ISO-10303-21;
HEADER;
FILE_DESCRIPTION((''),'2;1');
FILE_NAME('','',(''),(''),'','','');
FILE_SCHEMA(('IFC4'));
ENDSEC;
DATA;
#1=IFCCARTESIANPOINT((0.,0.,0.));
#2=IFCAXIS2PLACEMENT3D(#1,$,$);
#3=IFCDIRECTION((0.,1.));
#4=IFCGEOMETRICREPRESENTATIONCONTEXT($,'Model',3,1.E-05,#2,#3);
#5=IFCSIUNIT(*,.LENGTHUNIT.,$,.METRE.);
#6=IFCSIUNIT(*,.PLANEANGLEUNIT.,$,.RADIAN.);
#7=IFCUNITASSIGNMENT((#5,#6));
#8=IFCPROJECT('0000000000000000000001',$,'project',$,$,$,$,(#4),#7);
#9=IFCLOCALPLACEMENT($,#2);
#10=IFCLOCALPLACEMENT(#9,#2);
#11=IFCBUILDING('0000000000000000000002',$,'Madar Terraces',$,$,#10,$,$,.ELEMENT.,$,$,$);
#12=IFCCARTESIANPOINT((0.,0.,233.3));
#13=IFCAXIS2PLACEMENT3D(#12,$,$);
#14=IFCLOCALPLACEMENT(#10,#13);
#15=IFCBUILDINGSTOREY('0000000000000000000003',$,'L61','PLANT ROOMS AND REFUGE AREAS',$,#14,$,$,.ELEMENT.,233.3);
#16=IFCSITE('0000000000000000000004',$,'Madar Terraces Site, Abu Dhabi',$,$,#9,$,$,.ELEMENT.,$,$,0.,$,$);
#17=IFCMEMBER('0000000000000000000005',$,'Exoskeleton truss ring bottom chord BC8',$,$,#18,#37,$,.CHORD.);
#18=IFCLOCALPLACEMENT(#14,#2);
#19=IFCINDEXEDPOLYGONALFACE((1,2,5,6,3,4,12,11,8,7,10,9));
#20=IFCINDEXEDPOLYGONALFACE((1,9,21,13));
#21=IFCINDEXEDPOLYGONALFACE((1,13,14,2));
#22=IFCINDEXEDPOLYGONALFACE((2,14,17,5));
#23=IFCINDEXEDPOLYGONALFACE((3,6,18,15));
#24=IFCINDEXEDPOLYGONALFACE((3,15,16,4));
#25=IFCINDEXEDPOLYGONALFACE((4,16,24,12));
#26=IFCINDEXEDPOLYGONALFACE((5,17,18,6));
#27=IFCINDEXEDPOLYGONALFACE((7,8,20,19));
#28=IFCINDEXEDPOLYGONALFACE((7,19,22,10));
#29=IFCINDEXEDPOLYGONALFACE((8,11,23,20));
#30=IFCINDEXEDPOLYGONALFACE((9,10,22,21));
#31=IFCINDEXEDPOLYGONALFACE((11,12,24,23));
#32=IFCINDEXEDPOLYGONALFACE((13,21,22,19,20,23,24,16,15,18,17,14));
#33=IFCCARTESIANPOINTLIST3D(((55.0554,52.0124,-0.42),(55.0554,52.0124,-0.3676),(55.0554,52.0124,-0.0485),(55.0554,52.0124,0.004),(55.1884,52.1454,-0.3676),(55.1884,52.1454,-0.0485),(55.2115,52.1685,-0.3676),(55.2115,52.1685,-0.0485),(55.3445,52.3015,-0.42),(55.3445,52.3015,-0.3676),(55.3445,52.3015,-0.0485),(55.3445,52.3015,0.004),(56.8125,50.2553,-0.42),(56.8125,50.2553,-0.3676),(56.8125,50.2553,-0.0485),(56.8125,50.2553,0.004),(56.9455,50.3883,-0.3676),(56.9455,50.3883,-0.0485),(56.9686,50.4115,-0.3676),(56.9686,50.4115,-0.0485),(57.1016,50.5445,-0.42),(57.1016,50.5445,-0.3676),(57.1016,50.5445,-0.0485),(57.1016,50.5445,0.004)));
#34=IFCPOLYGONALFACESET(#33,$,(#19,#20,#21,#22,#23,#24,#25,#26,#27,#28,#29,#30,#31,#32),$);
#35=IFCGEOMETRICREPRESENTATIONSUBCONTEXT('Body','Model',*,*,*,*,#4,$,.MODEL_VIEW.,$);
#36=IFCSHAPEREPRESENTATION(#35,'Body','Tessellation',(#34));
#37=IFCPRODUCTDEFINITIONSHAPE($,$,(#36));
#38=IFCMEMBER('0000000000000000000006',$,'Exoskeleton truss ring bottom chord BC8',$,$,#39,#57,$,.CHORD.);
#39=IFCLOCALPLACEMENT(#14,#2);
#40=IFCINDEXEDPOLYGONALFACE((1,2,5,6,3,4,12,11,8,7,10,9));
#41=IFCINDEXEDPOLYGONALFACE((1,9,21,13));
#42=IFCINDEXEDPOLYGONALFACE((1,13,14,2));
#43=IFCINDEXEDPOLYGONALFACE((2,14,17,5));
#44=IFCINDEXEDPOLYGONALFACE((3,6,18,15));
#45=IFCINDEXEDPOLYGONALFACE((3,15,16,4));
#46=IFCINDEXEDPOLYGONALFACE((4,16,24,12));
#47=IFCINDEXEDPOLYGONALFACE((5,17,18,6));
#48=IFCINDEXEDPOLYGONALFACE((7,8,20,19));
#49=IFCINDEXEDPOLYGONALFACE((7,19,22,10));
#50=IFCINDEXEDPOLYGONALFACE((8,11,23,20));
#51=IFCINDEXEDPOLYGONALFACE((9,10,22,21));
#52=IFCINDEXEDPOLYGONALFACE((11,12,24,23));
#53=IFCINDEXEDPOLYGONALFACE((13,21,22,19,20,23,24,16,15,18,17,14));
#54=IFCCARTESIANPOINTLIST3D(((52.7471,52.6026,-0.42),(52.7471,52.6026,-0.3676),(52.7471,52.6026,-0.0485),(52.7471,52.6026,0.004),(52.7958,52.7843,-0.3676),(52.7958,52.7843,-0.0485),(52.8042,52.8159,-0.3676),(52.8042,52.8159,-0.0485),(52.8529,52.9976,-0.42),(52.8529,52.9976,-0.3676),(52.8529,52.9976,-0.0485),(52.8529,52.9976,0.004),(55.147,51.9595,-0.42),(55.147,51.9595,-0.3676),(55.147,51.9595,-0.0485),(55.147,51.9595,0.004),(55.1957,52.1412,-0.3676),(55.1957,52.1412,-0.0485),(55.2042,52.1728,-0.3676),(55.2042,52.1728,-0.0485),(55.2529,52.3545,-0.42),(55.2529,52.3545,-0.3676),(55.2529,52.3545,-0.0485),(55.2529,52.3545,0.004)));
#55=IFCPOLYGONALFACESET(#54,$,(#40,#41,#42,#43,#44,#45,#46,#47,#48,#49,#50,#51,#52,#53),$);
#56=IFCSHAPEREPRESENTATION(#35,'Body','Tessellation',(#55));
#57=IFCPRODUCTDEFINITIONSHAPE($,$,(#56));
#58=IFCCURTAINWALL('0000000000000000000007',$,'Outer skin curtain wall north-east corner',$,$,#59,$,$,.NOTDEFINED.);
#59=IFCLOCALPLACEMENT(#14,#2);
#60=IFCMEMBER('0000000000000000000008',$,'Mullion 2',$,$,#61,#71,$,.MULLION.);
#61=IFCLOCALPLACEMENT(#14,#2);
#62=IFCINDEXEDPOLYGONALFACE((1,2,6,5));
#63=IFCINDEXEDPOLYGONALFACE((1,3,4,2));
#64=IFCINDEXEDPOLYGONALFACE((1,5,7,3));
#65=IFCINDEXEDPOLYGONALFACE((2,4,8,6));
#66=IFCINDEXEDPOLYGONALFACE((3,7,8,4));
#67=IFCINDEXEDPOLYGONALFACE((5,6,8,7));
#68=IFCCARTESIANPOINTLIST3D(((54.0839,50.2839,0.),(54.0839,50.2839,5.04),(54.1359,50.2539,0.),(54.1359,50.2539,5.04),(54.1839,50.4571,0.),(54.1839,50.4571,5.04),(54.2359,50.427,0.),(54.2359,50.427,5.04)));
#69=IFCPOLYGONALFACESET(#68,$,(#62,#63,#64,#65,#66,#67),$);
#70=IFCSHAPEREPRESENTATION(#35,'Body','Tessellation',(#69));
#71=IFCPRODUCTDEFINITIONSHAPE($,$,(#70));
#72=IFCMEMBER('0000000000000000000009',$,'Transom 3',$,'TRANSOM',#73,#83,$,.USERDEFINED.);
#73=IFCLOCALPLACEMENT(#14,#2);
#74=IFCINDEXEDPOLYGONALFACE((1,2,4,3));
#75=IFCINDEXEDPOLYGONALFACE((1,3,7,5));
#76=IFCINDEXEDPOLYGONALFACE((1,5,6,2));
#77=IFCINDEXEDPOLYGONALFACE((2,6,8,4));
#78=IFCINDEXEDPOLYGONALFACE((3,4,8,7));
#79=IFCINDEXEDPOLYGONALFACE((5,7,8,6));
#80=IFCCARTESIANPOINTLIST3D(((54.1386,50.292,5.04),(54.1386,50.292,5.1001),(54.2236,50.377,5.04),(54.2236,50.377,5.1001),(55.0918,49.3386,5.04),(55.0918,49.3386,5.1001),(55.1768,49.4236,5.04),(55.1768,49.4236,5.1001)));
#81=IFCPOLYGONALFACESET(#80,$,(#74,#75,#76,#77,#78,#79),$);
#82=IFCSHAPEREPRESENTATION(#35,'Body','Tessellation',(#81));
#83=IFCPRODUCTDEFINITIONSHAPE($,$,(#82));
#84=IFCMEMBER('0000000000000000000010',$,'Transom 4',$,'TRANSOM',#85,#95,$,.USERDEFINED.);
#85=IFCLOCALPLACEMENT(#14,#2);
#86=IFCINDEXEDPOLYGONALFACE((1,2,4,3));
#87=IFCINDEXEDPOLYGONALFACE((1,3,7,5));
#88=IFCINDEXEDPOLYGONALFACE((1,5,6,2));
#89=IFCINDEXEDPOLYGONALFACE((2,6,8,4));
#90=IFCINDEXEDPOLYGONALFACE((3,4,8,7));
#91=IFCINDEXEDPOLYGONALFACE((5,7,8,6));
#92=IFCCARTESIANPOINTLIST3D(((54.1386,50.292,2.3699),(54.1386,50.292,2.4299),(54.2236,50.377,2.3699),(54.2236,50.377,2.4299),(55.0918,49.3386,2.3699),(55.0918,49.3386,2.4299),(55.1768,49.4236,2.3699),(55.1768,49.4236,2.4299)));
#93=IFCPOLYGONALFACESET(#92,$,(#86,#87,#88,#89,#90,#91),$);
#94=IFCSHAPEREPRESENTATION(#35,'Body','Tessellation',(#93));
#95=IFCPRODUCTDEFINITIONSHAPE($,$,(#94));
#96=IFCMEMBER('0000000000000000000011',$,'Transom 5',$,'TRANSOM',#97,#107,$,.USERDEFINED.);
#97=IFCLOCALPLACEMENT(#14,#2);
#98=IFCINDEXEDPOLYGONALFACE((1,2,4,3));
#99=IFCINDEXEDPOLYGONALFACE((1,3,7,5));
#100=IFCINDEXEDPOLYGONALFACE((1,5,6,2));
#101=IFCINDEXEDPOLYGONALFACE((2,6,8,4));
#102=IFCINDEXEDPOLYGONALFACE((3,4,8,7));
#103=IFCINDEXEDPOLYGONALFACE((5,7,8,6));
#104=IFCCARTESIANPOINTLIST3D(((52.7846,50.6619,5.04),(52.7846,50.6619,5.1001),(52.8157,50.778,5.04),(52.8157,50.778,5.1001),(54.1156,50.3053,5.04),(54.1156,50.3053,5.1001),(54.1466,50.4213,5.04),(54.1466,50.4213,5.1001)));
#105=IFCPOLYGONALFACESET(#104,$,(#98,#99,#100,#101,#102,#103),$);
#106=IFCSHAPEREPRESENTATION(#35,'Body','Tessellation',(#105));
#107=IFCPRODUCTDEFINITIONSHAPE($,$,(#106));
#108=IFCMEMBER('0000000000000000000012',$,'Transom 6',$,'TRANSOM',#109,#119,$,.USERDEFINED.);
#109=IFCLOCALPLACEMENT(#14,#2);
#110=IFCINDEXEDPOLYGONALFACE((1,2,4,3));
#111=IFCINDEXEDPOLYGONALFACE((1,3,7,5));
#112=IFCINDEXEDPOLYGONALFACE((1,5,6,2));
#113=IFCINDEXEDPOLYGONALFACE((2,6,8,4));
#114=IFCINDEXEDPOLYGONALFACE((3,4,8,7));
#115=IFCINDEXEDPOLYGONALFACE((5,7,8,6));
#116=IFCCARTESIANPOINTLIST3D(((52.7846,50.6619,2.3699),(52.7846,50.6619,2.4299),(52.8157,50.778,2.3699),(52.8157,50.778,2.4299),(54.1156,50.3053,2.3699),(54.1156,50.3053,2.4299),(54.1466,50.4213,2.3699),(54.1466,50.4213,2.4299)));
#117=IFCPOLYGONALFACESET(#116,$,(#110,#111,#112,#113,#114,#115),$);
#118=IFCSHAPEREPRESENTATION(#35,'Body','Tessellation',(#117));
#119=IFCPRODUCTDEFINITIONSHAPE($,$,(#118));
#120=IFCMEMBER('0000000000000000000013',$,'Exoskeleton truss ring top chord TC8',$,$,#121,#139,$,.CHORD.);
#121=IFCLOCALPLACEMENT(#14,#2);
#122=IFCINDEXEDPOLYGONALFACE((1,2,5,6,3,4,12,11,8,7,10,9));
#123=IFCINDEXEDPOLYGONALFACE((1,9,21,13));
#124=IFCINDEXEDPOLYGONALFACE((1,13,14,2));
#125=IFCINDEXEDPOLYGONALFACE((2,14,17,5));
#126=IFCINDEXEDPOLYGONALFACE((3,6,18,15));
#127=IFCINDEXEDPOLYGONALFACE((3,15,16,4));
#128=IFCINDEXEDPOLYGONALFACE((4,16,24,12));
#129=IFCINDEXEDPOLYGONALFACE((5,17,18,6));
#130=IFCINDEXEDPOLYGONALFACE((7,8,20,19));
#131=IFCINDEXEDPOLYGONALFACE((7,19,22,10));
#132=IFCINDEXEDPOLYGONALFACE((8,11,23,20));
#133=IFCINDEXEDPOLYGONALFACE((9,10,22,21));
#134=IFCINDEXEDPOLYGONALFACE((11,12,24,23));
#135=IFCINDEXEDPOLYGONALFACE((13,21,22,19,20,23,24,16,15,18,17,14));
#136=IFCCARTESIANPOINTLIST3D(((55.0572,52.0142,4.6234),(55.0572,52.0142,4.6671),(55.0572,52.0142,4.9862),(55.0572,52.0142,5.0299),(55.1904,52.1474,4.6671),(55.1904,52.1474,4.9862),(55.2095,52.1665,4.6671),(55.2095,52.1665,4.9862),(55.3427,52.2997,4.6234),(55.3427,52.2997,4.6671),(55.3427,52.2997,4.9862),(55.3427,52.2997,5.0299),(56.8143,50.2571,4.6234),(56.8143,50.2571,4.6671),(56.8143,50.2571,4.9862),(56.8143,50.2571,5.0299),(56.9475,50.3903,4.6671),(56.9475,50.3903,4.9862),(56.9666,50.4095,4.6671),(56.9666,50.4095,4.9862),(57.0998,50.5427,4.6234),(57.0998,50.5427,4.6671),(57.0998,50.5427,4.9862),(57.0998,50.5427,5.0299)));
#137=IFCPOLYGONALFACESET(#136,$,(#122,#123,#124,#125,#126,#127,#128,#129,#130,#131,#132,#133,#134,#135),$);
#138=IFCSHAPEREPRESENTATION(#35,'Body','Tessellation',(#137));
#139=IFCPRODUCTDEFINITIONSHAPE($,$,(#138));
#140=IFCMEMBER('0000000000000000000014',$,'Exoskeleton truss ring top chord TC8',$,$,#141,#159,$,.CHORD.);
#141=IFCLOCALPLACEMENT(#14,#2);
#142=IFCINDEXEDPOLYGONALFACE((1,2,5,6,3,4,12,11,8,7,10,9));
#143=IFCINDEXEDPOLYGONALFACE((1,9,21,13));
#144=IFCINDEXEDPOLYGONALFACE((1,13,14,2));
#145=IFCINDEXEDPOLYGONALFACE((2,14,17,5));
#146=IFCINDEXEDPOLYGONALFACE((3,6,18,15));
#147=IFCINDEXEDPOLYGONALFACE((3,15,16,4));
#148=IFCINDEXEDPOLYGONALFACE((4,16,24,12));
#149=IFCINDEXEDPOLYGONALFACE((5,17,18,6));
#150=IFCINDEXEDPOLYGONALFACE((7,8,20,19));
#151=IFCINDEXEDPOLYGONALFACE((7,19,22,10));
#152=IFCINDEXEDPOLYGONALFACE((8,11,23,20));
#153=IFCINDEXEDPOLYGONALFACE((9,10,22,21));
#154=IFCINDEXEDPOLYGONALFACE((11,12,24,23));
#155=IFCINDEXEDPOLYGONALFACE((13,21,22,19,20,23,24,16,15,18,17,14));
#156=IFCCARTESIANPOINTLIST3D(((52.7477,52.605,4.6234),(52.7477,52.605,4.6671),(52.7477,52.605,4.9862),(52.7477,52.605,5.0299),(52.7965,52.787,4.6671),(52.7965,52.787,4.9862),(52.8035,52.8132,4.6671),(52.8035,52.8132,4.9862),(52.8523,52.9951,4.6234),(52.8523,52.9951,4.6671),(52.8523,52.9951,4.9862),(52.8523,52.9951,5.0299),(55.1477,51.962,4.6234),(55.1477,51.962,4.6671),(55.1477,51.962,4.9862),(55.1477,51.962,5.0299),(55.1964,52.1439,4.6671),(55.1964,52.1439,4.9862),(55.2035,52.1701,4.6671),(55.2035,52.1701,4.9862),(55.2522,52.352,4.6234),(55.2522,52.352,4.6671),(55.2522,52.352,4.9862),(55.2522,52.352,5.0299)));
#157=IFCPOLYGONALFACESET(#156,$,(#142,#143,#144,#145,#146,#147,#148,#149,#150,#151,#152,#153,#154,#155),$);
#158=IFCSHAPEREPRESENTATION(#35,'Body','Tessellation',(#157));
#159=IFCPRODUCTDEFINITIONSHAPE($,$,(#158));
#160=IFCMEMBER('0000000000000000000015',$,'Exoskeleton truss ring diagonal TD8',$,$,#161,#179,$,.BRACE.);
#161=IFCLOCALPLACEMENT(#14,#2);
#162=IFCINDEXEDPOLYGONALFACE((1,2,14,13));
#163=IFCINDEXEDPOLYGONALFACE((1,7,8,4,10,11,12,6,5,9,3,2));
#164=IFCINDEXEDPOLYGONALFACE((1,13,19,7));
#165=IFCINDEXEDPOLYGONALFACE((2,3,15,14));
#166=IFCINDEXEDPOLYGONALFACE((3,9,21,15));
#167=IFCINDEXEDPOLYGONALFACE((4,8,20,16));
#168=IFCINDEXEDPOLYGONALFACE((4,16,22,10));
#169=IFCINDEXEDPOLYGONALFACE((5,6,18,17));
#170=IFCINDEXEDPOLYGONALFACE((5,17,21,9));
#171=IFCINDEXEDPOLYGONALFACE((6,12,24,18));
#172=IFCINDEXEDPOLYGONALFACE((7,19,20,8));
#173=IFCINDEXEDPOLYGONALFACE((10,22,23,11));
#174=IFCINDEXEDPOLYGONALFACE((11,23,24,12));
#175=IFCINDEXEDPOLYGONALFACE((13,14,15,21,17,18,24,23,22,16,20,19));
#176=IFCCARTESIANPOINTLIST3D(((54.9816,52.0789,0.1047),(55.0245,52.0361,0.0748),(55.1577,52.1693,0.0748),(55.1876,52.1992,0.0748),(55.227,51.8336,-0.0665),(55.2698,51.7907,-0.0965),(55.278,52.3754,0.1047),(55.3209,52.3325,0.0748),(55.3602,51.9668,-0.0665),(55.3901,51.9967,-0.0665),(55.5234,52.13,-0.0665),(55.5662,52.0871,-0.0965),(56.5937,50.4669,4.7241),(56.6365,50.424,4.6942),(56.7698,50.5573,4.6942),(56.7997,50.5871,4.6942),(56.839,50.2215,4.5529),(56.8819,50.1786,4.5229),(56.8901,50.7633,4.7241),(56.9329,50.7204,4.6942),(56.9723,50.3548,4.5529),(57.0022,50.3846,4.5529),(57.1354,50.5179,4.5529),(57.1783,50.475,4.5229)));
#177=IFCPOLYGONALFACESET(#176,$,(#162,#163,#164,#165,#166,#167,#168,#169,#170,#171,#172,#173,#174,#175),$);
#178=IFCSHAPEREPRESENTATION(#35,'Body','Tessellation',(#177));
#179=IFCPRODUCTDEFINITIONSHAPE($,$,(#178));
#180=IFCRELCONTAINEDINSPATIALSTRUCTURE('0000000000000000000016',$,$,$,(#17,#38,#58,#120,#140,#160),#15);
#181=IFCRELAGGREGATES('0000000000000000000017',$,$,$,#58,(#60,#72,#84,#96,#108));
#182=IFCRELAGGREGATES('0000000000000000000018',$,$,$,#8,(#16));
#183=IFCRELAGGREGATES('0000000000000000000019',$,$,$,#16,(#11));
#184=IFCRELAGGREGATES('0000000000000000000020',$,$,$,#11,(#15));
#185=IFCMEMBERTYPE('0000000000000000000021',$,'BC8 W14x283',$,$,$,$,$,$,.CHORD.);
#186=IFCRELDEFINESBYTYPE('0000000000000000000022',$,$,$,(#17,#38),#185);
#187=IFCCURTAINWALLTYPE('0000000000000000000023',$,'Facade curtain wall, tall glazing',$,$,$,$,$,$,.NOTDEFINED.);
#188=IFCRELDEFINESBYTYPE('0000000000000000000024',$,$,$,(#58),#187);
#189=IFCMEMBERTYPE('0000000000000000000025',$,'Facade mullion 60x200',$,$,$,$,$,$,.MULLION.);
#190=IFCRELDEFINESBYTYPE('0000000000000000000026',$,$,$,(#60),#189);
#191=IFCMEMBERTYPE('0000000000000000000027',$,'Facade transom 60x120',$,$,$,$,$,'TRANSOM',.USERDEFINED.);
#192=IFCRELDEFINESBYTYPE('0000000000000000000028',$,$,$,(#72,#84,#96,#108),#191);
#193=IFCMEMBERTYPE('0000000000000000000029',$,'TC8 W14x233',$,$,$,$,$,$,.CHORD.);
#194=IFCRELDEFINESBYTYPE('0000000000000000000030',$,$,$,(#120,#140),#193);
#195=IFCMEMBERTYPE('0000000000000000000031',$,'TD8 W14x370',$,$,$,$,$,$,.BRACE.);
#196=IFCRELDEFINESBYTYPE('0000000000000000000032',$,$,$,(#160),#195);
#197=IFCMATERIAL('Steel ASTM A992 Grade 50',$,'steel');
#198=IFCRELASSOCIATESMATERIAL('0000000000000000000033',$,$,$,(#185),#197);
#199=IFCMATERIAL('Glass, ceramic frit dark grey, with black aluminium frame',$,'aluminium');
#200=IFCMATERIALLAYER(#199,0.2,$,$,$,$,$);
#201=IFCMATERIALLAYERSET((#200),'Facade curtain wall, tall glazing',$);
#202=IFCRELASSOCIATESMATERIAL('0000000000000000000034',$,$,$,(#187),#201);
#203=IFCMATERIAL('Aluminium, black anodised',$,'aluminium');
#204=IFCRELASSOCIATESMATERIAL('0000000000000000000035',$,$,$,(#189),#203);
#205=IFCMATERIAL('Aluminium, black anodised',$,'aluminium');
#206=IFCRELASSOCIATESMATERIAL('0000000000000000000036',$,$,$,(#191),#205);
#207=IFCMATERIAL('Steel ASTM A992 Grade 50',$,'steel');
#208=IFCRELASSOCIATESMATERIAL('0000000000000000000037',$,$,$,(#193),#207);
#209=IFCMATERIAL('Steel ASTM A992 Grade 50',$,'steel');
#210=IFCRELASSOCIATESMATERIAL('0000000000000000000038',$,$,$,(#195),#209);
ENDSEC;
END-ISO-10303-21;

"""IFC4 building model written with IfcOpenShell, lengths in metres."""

from ifc_helpers import new_model, si_unit, direction, frame, origin, origin_2d, place, context, subcontext, project, spatial, rectangle, i_section, extrude, material, layer, layer_set, material_profile, profile_set, type_object, element, aggregate, save


model = new_model("IFC4")

# Units and contexts
model_context = context("Model", 3, precision=1e-05, world=origin(), true_north=direction((0.0, 1.0)))
body_context = subcontext(model_context, "Body", "Model", "MODEL_VIEW")
ifc_project = project(units=[si_unit("LENGTHUNIT", "METRE"), si_unit("PLANEANGLEUNIT", "RADIAN")], contexts=[model_context])

# Site, building, storey
site_placement = place(None, origin())
site = spatial("IfcSite", under=ifc_project, at=site_placement, Name="Madar Terraces Site, Abu Dhabi", CompositionType="ELEMENT", RefElevation=0.0)
building_placement = place(site_placement, origin())
building = spatial("IfcBuilding", under=site, at=building_placement, Name="Madar Terraces", CompositionType="ELEMENT")
storey_placement = place(building_placement, frame((0.0, 0.0, 233.3)))
storey = spatial("IfcBuildingStorey", under=building, at=storey_placement, Name="L61", Description="PLANT ROOMS AND REFUGE AREAS", CompositionType="ELEMENT", Elevation=233.3)

# Members
ifc_material_1 = material(Name="Steel ASTM A992 Grade 50", Category="steel")
ifc_material_profile_1 = material_profile(ifc_material_1, i_section(OverallWidth=0.4089, OverallDepth=0.4241, WebThickness=0.0327, FlangeThickness=0.0525, at=origin_2d()), Name="W14x283")
ifc_profile_set_1 = profile_set([ifc_material_profile_1], Name="Steel ASTM A992 Grade 50")
member_type_1 = type_object("IfcMemberType", Name="BC8 W14x283", PredefinedType="CHORD", material=ifc_profile_set_1)
member_1_placement = place(storey_placement, frame((56.957, 50.3999, -0.208), z_axis=(-0.707107, 0.707107, 0.0), x_axis=(-0.707107, -0.707107, 0.0)))
element("IfcMember", 1, at=member_1_placement, inside=storey, type_object=member_type_1, Name="Exoskeleton truss ring bottom chord BC8", PredefinedType="CHORD", context=body_context, shape_type="SweptSolid", body=[
    extrude(i_section(OverallWidth=0.4089, OverallDepth=0.4241, WebThickness=0.0327, FlangeThickness=0.0525, at=origin_2d()), origin(), (0.0, 0.0, 1.0), 2.4849),
])
member_2_placement = place(storey_placement, frame((55.2, 52.157, -0.208), z_axis=(-0.965924, 0.258824, 0.0), x_axis=(-0.258824, -0.965924, 0.0)))
element("IfcMember", 2, at=member_2_placement, inside=storey, type_object=member_type_1, Name="Exoskeleton truss ring bottom chord BC8", PredefinedType="CHORD", context=body_context, shape_type="SweptSolid", body=[
    extrude(i_section(OverallWidth=0.4089, OverallDepth=0.4241, WebThickness=0.0327, FlangeThickness=0.0525, at=origin_2d()), origin(), (0.0, 0.0, 1.0), 2.4846),
])

# Curtain wall, members
ifc_material_2 = material(Name="Glass, ceramic frit dark grey, with black aluminium frame", Category="aluminium")
ifc_layer_1 = layer(ifc_material_2, 0.2)
ifc_layer_set_1 = layer_set([ifc_layer_1], Name="Facade curtain wall, tall glazing")
curtain_wall_type = type_object("IfcCurtainWallType", Name="Facade curtain wall, tall glazing", PredefinedType="NOTDEFINED", material=ifc_layer_set_1)
curtain_wall_placement = place(storey_placement, origin())
curtain_wall = element("IfcCurtainWall", 3, at=curtain_wall_placement, inside=storey, type_object=curtain_wall_type, Name="Outer skin curtain wall north-east corner", PredefinedType="NOTDEFINED")
ifc_material_3 = material(Name="Aluminium, black anodised", Category="aluminium")
ifc_material_profile_2 = material_profile(ifc_material_3, rectangle(XDim=0.2, YDim=0.0601, at=origin_2d()), Name="Facade mullion 60x200")
ifc_profile_set_2 = profile_set([ifc_material_profile_2], Name="Aluminium, black anodised")
member_type_2 = type_object("IfcMemberType", Name="Facade mullion 60x200", PredefinedType="MULLION", material=ifc_profile_set_2)
member_3_placement = place(storey_placement, frame((54.1599, 50.3555, 0.0), z_axis=(0.0, 0.0, 1.0), x_axis=(-0.5, -0.866025, 0.0)))
member_3 = element("IfcMember", 4, at=member_3_placement, type_object=member_type_2, Name="Mullion 2", PredefinedType="MULLION", context=body_context, shape_type="SweptSolid", body=[
    extrude(rectangle(XDim=0.2, YDim=0.0601, at=origin_2d()), origin(), (0.0, 0.0, 1.0), 5.04),
])
ifc_material_4 = material(Name="Aluminium, black anodised", Category="aluminium")
ifc_material_profile_3 = material_profile(ifc_material_4, rectangle(XDim=0.1201, YDim=0.0601, at=origin_2d()), Name="Facade transom 60x120")
ifc_profile_set_3 = profile_set([ifc_material_profile_3], Name="Aluminium, black anodised")
member_type_3 = type_object("IfcMemberType", Name="Facade transom 60x120", ElementType="TRANSOM", PredefinedType="USERDEFINED", material=ifc_profile_set_3)
member_4_placement = place(storey_placement, frame((55.1343, 49.3811, 5.0701), z_axis=(-0.707016, 0.707197, 0.0), x_axis=(-0.707197, -0.707016, 0.0)))
member_4 = element("IfcMember", 5, at=member_4_placement, type_object=member_type_3, Name="Transom 3", ObjectType="TRANSOM", PredefinedType="USERDEFINED", context=body_context, shape_type="SweptSolid", body=[
    extrude(rectangle(XDim=0.1201, YDim=0.0601, at=origin_2d()), origin(), (0.0, 0.0, 1.0), 1.3481),
])
member_5_placement = place(storey_placement, frame((55.1343, 49.3811, 2.3999), z_axis=(-0.707016, 0.707197, 0.0), x_axis=(-0.707197, -0.707016, 0.0)))
member_5 = element("IfcMember", 6, at=member_5_placement, type_object=member_type_3, Name="Transom 4", ObjectType="TRANSOM", PredefinedType="USERDEFINED", context=body_context, shape_type="SweptSolid", body=[
    extrude(rectangle(XDim=0.1201, YDim=0.0601, at=origin_2d()), origin(), (0.0, 0.0, 1.0), 1.3481),
])
member_6_placement = place(storey_placement, frame((54.1311, 50.3633, 5.0701), z_axis=(-0.96592, 0.258842, 0.0), x_axis=(-0.258842, -0.96592, 0.0)))
member_6 = element("IfcMember", 7, at=member_6_placement, type_object=member_type_3, Name="Transom 5", ObjectType="TRANSOM", PredefinedType="USERDEFINED", context=body_context, shape_type="SweptSolid", body=[
    extrude(rectangle(XDim=0.1201, YDim=0.0601, at=origin_2d()), origin(), (0.0, 0.0, 1.0), 1.3779),
])
member_7_placement = place(storey_placement, frame((54.1311, 50.3633, 2.3999), z_axis=(-0.96592, 0.258842, 0.0), x_axis=(-0.258842, -0.96592, 0.0)))
member_7 = element("IfcMember", 8, at=member_7_placement, type_object=member_type_3, Name="Transom 6", ObjectType="TRANSOM", PredefinedType="USERDEFINED", context=body_context, shape_type="SweptSolid", body=[
    extrude(rectangle(XDim=0.1201, YDim=0.0601, at=origin_2d()), origin(), (0.0, 0.0, 1.0), 1.3779),
])

# Members
ifc_material_5 = material(Name="Steel ASTM A992 Grade 50", Category="steel")
ifc_material_profile_4 = material_profile(ifc_material_5, i_section(OverallWidth=0.4038, OverallDepth=0.4065, WebThickness=0.0271, FlangeThickness=0.0437, at=origin_2d()), Name="W14x233")
ifc_profile_set_4 = profile_set([ifc_material_profile_4], Name="Steel ASTM A992 Grade 50")
member_type_4 = type_object("IfcMemberType", Name="TC8 W14x233", PredefinedType="CHORD", material=ifc_profile_set_4)
member_8_placement = place(storey_placement, frame((56.957, 50.3999, 4.8267), z_axis=(-0.707107, 0.707107, 0.0), x_axis=(-0.707107, -0.707107, 0.0)))
element("IfcMember", 9, at=member_8_placement, inside=storey, type_object=member_type_4, Name="Exoskeleton truss ring top chord TC8", PredefinedType="CHORD", context=body_context, shape_type="SweptSolid", body=[
    extrude(i_section(OverallWidth=0.4038, OverallDepth=0.4065, WebThickness=0.0271, FlangeThickness=0.0437, at=origin_2d()), origin(), (0.0, 0.0, 1.0), 2.4849),
])
member_9_placement = place(storey_placement, frame((55.2, 52.157, 4.8267), z_axis=(-0.965924, 0.258824, 0.0), x_axis=(-0.258824, -0.965924, 0.0)))
element("IfcMember", 10, at=member_9_placement, inside=storey, type_object=member_type_4, Name="Exoskeleton truss ring top chord TC8", PredefinedType="CHORD", context=body_context, shape_type="SweptSolid", body=[
    extrude(i_section(OverallWidth=0.4038, OverallDepth=0.4065, WebThickness=0.0271, FlangeThickness=0.0437, at=origin_2d()), origin(), (0.0, 0.0, 1.0), 2.4846),
])
ifc_material_6 = material(Name="Steel ASTM A992 Grade 50", Category="steel")
ifc_material_profile_5 = material_profile(ifc_material_6, i_section(OverallWidth=0.4192, OverallDepth=0.4546, WebThickness=0.0422, FlangeThickness=0.0676, at=origin_2d()), Name="W14x370")
ifc_profile_set_5 = profile_set([ifc_material_profile_5], Name="Steel ASTM A992 Grade 50")
member_type_5 = type_object("IfcMemberType", Name="TD8 W14x370", PredefinedType="BRACE", material=ifc_profile_set_5)
member_10_placement = place(storey_placement, frame((56.886, 50.4709, 4.6235), z_axis=(-0.312941, 0.312941, -0.896736), x_axis=(-0.707107, -0.707107, 0.0)))
element("IfcMember", 11, at=member_10_placement, inside=storey, type_object=member_type_5, Name="Exoskeleton truss ring diagonal TD8", PredefinedType="BRACE", context=body_context, shape_type="SweptSolid", body=[
    extrude(i_section(OverallWidth=0.4192, OverallDepth=0.4546, WebThickness=0.0422, FlangeThickness=0.0676, at=origin_2d()), origin(), (0.0, 0.0, 1.0), 5.1514),
])

aggregate(curtain_wall, [member_3, member_4, member_5, member_6, member_7])

save(model, "model.ifc")
